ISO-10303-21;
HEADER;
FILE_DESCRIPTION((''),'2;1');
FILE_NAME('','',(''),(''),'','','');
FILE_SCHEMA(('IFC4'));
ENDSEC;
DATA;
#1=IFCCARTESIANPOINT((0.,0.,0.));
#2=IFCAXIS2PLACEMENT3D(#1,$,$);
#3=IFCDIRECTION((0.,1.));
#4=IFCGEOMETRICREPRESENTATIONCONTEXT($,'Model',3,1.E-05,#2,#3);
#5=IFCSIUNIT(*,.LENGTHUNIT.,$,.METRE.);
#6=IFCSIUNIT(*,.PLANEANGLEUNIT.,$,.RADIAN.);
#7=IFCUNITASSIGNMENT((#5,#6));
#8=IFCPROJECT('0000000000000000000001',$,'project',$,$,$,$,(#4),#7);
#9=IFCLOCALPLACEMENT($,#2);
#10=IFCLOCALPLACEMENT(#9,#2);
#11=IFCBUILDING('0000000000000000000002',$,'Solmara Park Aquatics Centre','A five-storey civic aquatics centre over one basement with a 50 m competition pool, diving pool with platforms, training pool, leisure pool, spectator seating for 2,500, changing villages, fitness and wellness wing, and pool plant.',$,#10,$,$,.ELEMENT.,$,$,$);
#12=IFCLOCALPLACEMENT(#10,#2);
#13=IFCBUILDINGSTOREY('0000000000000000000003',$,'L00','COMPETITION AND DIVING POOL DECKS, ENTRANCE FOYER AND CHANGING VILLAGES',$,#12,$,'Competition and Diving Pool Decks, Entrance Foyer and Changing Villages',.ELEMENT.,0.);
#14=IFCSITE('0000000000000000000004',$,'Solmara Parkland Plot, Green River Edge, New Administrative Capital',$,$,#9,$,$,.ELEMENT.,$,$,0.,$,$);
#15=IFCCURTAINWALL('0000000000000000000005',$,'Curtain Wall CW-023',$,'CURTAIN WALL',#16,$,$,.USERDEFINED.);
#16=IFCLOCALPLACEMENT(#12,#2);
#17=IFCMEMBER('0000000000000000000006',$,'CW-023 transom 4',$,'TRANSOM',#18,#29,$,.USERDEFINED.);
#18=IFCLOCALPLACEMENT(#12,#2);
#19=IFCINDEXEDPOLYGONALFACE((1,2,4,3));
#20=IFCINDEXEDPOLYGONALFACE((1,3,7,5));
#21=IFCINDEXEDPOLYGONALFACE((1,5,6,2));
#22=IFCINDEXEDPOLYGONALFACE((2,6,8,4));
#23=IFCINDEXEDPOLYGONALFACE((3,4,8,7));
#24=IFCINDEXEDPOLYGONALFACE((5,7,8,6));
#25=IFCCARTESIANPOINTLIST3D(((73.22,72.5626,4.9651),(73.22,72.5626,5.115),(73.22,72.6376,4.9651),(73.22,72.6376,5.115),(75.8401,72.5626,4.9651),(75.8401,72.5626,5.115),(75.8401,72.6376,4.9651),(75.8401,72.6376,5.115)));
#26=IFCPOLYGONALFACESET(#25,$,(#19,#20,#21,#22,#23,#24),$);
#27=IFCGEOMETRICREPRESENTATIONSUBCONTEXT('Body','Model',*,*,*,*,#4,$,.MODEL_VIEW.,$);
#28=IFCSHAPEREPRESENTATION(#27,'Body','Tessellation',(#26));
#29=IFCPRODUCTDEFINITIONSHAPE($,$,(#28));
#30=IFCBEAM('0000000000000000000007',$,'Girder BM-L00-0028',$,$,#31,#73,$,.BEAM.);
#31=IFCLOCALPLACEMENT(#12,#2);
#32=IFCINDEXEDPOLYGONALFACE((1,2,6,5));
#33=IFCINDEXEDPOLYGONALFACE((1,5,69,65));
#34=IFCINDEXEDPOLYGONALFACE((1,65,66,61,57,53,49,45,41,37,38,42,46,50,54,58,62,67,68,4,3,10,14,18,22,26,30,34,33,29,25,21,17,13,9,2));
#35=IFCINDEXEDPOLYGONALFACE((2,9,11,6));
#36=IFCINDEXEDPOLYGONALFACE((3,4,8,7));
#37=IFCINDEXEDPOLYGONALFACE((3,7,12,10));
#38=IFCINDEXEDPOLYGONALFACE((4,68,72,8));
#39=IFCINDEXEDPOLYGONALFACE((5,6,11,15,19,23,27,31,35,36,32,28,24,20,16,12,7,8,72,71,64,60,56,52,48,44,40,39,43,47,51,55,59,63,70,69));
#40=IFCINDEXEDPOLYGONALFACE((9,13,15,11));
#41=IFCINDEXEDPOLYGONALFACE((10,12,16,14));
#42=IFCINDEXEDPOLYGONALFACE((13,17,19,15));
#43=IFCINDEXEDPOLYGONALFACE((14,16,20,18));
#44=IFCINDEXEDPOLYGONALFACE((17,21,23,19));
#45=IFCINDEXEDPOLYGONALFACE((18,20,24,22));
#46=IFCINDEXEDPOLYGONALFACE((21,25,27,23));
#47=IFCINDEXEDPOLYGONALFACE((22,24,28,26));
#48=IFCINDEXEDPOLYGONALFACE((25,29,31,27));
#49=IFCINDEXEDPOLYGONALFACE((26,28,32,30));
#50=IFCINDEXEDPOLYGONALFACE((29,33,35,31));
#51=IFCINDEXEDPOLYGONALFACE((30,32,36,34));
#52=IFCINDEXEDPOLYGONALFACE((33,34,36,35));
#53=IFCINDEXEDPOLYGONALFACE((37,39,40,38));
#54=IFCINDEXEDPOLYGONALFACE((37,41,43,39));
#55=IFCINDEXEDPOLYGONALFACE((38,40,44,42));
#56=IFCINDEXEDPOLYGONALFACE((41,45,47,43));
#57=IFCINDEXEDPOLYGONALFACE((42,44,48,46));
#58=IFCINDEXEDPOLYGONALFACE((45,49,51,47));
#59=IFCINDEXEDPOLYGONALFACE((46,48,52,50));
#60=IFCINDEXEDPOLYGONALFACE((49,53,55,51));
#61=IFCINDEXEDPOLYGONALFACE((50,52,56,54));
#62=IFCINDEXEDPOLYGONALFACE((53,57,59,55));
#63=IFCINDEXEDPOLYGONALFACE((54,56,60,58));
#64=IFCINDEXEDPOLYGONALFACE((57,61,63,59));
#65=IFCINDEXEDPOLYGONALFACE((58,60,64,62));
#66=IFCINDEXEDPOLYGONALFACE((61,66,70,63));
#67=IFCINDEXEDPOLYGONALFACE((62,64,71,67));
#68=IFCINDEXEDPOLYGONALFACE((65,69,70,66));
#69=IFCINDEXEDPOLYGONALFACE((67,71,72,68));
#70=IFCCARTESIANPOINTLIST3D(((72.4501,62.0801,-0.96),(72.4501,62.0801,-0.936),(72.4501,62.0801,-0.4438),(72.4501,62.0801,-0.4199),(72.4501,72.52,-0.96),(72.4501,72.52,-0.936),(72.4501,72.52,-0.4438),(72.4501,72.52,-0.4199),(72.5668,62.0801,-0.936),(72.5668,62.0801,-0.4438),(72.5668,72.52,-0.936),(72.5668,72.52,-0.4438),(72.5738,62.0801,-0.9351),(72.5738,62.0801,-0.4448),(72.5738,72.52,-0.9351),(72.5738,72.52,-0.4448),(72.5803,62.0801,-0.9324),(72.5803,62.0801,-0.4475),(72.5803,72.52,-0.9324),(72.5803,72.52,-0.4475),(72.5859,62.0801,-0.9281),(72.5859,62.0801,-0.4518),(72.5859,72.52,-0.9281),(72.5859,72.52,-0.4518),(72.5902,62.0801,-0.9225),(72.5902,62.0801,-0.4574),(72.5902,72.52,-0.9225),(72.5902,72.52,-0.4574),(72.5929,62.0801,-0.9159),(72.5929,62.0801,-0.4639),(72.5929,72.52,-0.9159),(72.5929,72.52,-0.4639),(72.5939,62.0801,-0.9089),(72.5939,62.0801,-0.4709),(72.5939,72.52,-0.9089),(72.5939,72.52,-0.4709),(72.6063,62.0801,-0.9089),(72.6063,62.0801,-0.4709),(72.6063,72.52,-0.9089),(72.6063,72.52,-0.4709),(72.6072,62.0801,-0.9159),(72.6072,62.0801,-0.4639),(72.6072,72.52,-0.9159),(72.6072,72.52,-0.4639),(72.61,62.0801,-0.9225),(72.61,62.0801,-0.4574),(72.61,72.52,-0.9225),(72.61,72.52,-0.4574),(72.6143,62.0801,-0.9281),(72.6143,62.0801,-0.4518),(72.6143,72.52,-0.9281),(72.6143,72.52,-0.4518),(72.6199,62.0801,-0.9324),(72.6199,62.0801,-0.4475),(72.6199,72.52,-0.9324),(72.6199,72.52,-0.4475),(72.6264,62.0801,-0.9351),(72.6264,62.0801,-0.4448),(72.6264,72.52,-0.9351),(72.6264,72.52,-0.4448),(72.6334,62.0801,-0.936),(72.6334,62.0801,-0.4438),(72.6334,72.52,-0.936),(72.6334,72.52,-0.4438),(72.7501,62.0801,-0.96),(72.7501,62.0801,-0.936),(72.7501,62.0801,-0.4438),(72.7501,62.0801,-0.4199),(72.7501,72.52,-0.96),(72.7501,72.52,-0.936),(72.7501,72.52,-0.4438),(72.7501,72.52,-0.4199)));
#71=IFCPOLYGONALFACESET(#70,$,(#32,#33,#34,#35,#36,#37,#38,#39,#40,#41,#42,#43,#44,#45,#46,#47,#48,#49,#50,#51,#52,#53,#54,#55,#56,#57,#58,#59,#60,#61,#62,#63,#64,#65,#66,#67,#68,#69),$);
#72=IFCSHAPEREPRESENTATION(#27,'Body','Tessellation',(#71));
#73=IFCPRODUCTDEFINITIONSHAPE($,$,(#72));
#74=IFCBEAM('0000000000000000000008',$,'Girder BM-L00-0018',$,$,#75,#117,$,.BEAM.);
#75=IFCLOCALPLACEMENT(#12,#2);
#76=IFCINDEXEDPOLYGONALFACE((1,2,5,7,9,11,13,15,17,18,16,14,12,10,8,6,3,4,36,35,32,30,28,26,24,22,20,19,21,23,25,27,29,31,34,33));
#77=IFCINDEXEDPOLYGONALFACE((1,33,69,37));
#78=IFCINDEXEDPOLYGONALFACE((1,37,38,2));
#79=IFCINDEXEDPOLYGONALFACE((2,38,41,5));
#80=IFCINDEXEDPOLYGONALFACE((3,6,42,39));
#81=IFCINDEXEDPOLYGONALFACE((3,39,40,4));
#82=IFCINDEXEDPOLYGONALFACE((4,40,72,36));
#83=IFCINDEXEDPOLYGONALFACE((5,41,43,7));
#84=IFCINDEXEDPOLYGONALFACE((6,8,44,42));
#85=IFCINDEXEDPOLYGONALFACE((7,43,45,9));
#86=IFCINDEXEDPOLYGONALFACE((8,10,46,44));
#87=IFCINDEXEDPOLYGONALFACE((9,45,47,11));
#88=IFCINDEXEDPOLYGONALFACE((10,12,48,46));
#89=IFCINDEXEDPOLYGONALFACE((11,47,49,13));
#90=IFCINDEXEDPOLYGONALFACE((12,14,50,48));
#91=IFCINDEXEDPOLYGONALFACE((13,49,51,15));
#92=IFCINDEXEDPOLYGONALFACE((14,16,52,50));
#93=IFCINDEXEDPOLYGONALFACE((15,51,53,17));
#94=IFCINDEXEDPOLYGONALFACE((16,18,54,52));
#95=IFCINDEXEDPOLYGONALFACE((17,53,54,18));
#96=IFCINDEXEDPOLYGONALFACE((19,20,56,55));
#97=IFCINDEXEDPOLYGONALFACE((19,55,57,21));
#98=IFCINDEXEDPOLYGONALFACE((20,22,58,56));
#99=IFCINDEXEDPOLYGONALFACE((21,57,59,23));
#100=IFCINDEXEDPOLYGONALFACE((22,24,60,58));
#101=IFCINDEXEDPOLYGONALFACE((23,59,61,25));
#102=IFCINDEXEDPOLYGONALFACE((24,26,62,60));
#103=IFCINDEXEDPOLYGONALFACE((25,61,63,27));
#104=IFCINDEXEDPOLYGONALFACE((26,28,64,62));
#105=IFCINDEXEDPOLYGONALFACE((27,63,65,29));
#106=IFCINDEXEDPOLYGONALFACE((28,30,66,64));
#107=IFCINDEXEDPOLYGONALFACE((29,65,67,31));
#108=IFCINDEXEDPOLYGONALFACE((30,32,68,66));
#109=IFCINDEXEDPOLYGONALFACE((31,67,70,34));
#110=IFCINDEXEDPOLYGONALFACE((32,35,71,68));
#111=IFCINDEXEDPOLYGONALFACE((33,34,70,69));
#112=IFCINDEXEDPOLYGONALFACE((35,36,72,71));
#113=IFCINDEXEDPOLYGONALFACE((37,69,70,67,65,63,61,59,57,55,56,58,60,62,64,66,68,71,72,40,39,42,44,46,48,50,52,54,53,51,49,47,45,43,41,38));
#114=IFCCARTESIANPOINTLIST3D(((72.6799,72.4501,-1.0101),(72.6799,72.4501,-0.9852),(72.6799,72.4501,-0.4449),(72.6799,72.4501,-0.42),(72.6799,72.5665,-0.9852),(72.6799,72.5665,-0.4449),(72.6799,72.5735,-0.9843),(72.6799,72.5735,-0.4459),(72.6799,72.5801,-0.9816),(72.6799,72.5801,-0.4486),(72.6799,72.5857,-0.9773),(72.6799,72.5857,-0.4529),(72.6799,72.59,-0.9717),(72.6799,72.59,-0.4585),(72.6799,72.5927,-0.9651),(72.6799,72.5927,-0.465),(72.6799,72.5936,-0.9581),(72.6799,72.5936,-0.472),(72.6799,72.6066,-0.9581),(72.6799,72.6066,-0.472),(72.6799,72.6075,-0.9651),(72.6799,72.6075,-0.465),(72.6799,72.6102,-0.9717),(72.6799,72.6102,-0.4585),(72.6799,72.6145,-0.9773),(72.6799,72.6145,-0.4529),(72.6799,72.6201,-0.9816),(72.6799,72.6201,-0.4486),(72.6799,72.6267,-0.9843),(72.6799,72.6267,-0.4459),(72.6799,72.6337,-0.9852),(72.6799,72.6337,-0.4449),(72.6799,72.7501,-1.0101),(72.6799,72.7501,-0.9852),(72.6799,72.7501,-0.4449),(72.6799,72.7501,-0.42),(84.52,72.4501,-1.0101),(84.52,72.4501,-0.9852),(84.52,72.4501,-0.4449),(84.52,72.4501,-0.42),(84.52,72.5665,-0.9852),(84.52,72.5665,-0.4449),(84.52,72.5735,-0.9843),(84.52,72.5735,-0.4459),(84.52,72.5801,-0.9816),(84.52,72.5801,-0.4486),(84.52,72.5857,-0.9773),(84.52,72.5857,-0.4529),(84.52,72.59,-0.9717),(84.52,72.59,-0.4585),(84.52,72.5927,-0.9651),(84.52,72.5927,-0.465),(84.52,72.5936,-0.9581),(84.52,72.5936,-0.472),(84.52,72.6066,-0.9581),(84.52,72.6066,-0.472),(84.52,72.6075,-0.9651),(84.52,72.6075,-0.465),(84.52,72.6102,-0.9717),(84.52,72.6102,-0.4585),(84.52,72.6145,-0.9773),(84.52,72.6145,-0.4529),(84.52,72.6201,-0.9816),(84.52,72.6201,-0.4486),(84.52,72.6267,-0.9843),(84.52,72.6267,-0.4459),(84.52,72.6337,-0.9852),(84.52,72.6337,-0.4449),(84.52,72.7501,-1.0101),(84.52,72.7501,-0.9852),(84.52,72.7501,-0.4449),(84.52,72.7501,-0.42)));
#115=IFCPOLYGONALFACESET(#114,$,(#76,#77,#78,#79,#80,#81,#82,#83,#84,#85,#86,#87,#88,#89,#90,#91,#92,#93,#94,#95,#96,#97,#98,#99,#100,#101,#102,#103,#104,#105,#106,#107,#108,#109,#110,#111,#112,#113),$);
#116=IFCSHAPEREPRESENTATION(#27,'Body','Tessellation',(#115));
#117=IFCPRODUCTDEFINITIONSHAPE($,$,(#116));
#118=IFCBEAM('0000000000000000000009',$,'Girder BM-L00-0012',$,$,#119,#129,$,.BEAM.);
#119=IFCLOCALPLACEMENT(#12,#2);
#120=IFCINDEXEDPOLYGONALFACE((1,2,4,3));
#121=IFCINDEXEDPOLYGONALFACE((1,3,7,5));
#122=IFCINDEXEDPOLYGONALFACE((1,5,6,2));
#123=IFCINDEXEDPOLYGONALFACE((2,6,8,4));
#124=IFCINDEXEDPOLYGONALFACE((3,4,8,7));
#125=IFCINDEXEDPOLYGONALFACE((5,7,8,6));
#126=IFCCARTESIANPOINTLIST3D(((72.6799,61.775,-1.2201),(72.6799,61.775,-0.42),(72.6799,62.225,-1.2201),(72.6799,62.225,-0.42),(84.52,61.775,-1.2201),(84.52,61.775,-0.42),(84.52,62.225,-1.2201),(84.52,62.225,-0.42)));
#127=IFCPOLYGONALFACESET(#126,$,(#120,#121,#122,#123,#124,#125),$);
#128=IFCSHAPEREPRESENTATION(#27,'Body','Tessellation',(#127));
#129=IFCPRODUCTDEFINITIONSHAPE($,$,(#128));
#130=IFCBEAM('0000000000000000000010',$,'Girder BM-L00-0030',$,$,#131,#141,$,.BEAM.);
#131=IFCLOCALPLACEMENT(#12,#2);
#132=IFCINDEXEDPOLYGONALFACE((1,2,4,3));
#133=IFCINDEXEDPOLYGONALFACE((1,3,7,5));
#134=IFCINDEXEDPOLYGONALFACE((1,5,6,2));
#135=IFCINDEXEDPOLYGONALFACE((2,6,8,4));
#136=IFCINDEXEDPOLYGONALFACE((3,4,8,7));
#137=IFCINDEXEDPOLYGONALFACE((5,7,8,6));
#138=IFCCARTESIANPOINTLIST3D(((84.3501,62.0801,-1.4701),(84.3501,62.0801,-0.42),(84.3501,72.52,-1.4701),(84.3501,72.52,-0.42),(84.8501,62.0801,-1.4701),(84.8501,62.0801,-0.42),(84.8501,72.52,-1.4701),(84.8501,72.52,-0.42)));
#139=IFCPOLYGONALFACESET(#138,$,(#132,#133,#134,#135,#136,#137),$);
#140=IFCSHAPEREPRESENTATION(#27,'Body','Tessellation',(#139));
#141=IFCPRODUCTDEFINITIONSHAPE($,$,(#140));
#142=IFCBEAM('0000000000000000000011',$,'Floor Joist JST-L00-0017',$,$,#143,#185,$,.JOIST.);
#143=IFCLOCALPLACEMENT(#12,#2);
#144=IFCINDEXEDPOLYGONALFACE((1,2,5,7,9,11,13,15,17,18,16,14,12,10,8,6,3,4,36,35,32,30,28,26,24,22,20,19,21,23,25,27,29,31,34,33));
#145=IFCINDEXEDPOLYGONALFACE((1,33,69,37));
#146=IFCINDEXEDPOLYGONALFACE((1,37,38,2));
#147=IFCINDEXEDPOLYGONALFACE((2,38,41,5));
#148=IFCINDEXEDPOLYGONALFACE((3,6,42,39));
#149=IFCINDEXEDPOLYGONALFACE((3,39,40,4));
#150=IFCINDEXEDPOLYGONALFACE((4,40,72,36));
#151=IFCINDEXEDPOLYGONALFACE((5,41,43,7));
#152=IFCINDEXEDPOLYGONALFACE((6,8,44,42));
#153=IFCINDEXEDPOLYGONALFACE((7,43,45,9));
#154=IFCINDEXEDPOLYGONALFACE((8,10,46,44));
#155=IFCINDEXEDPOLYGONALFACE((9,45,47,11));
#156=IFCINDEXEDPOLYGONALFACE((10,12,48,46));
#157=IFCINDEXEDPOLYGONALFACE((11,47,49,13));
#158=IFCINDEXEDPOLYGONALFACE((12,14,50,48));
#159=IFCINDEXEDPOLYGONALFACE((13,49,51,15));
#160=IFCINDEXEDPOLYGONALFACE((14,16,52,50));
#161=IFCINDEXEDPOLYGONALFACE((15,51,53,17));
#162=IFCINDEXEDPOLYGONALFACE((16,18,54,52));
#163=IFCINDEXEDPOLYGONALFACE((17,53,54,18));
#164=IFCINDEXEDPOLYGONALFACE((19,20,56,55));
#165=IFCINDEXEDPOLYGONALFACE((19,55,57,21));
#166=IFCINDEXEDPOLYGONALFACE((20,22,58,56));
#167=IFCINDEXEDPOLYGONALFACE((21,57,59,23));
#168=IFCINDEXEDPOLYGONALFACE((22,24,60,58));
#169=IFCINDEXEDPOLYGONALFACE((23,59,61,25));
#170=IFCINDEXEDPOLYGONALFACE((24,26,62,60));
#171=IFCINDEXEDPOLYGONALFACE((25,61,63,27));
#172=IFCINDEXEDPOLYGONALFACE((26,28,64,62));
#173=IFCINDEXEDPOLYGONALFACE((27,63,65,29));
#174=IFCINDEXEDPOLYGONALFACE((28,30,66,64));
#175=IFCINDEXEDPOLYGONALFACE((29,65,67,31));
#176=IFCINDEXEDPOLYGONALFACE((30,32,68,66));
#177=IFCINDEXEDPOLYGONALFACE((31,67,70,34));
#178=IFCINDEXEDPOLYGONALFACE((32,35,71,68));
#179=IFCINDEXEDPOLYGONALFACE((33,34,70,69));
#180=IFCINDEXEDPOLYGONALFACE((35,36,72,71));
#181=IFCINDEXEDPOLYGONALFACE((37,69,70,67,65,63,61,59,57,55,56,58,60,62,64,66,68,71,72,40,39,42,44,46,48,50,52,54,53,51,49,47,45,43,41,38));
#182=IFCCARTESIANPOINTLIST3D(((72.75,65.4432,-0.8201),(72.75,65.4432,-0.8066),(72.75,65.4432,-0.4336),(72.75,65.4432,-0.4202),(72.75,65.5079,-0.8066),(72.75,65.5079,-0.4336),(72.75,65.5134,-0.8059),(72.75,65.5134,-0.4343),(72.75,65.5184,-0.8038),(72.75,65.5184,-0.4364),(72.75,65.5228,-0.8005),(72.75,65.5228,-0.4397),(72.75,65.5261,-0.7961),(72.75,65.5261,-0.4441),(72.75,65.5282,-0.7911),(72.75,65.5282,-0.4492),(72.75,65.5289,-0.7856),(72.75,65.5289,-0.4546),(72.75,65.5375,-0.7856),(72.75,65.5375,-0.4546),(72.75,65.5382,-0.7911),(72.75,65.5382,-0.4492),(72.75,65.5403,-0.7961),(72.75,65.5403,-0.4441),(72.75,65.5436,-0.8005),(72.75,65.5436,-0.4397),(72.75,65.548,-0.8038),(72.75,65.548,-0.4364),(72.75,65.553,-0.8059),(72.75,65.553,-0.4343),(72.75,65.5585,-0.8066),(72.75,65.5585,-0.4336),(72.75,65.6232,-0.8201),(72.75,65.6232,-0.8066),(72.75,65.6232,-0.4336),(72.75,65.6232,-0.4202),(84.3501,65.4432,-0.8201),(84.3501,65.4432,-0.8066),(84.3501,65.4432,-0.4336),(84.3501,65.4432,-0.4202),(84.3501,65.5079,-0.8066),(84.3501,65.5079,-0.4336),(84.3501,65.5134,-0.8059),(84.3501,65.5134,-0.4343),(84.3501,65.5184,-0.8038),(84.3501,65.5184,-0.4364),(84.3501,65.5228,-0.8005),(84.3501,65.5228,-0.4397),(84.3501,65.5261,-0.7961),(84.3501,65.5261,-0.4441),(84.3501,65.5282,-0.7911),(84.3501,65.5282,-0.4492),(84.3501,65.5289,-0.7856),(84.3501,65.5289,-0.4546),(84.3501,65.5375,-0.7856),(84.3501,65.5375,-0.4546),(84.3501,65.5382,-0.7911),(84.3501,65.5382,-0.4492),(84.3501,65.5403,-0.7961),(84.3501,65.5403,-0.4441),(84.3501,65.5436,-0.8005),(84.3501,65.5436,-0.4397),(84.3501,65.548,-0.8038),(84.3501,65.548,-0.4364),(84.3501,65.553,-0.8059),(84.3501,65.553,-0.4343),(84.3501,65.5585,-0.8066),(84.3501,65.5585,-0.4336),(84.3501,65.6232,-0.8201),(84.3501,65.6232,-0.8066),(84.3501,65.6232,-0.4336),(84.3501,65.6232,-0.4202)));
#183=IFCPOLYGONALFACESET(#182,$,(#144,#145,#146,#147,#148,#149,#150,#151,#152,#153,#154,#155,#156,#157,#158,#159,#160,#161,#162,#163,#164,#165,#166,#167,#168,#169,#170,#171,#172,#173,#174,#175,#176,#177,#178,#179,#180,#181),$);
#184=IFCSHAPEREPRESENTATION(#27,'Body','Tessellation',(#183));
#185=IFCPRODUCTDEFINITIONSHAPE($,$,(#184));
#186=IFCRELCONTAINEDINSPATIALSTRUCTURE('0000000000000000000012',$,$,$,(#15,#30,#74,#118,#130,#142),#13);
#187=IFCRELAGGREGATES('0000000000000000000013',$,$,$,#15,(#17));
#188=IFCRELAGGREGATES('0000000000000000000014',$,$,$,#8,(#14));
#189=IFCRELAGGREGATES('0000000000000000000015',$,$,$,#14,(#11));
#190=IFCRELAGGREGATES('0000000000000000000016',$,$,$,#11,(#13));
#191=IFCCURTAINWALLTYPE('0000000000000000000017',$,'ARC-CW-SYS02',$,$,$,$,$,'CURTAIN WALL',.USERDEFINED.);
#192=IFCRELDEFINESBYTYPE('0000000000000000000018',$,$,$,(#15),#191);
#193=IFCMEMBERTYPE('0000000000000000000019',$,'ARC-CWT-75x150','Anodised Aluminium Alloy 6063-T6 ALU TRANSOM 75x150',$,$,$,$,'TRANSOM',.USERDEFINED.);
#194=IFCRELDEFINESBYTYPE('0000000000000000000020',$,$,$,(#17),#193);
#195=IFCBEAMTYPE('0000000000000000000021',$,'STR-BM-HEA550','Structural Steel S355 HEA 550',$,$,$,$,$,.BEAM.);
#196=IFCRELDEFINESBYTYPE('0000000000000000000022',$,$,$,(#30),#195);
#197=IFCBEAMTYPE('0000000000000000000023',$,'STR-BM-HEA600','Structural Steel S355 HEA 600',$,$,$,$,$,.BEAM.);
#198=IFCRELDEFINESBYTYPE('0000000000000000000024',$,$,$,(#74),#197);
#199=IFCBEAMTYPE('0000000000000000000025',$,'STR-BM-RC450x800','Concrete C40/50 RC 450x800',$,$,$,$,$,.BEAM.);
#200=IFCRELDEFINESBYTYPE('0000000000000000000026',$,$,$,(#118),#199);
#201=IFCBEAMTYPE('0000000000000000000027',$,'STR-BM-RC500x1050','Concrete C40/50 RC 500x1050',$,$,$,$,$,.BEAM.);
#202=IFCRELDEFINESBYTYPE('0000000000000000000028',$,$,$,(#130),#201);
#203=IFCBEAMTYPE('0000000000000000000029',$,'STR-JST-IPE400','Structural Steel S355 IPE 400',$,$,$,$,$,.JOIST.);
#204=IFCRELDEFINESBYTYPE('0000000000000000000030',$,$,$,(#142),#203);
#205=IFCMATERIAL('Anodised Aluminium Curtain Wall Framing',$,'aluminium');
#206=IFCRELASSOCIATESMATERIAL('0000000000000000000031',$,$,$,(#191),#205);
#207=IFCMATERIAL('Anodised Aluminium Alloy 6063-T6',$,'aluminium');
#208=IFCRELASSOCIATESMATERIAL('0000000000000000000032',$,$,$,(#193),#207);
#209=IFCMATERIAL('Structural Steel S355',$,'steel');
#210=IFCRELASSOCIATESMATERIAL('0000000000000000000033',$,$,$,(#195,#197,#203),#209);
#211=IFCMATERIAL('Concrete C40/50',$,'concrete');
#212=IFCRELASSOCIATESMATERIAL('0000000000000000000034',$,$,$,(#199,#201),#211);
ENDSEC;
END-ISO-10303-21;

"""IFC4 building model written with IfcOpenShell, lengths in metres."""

from ifc_helpers import new_model, si_unit, direction, frame, origin, origin_2d, place, context, subcontext, project, spatial, rectangle, i_section, extrude, material, material_profile, profile_set, type_object, element, aggregate, save


model = new_model("IFC4")

# Units and contexts
model_context = context("Model", 3, precision=1e-05, world=origin(), true_north=direction((0.0, 1.0)))
body_context = subcontext(model_context, "Body", "Model", "MODEL_VIEW")
ifc_project = project(units=[si_unit("LENGTHUNIT", "METRE"), si_unit("PLANEANGLEUNIT", "RADIAN")], contexts=[model_context])

# Site, building, storey
site_placement = place(None, origin())
site = spatial("IfcSite", under=ifc_project, at=site_placement, Name="Solmara Parkland Plot, Green River Edge, New Administrative Capital", CompositionType="ELEMENT", RefElevation=0.0)
building_placement = place(site_placement, origin())
building = spatial("IfcBuilding", under=site, at=building_placement, Name="Solmara Park Aquatics Centre", Description="A five-storey civic aquatics centre over one basement with a 50 m competition pool, diving pool with platforms, training pool, leisure pool, spectator seating for 2,500, changing villages, fitness and wellness wing, and pool plant.", CompositionType="ELEMENT")
storey_placement = place(building_placement, origin())
storey = spatial("IfcBuildingStorey", under=building, at=storey_placement, Name="L00", Description="COMPETITION AND DIVING POOL DECKS, ENTRANCE FOYER AND CHANGING VILLAGES", LongName="Competition and Diving Pool Decks, Entrance Foyer and Changing Villages", CompositionType="ELEMENT", Elevation=0.0)

# Shared definitions
ifc_material_1 = material(Name="Structural Steel S355", Category="steel")

# Shared definitions
ifc_material_2 = material(Name="Anodised Aluminium Curtain Wall Framing", Category="aluminium")
curtain_wall_type = type_object("IfcCurtainWallType", Name="ARC-CW-SYS02", ElementType="CURTAIN WALL", PredefinedType="USERDEFINED", material=ifc_material_2)
ifc_material_3 = material(Name="Anodised Aluminium Alloy 6063-T6", Category="aluminium")

# Curtain wall
curtain_wall_1_placement = place(storey_placement, origin())
curtain_wall_1 = element("IfcCurtainWall", 1, at=curtain_wall_1_placement, inside=storey, type_object=curtain_wall_type, Name="Curtain Wall CW-023", ObjectType="CURTAIN WALL", PredefinedType="USERDEFINED")

# Member
ifc_material_profile_1 = material_profile(ifc_material_3, rectangle(XDim=0.075, YDim=0.1499, at=origin_2d()), Name="ALU TRANSOM 75x150")
ifc_profile_set_1 = profile_set([ifc_material_profile_1], Name="Anodised Aluminium Alloy 6063-T6")
member_type_1 = type_object("IfcMemberType", Name="ARC-CWT-75x150", Description="Anodised Aluminium Alloy 6063-T6 ALU TRANSOM 75x150", ElementType="TRANSOM", PredefinedType="USERDEFINED", material=ifc_profile_set_1)
member_1_placement = place(storey_placement, frame((73.22, 72.6001, 5.04), z_axis=(1.0, 0.0, 0.0), x_axis=(0.0, 1.0, 0.0)))
member_1 = element("IfcMember", 2, at=member_1_placement, type_object=member_type_1, Name="CW-023 transom 4", ObjectType="TRANSOM", PredefinedType="USERDEFINED", context=body_context, shape_type="SweptSolid", body=[
    extrude(rectangle(XDim=0.075, YDim=0.1499, at=origin_2d()), origin(), (0.0, 0.0, 1.0), 2.6201),
])

# Beams
ifc_material_profile_2 = material_profile(ifc_material_1, i_section(OverallWidth=0.3, OverallDepth=0.54, WebThickness=0.0125, FlangeThickness=0.0239, FilletRadius=0.0271, at=origin_2d()), Name="HEA 550")
ifc_profile_set_2 = profile_set([ifc_material_profile_2], Name="Structural Steel S355")
beam_type_1 = type_object("IfcBeamType", Name="STR-BM-HEA550", Description="Structural Steel S355 HEA 550", PredefinedType="BEAM", material=ifc_profile_set_2)
beam_1_placement = place(storey_placement, frame((72.6001, 62.0801, -0.6899), z_axis=(0.0, 1.0, 0.0), x_axis=(-1.0, 0.0, 0.0)))
element("IfcBeam", 3, at=beam_1_placement, inside=storey, type_object=beam_type_1, Name="Girder BM-L00-0028", PredefinedType="BEAM", context=body_context, shape_type="SweptSolid", body=[
    extrude(i_section(OverallWidth=0.3, OverallDepth=0.54, WebThickness=0.0125, FlangeThickness=0.0239, FilletRadius=0.0271, at=origin_2d()), origin(), (0.0, 0.0, 1.0), 10.4399),
])
ifc_material_profile_3 = material_profile(ifc_material_1, i_section(OverallWidth=0.3, OverallDepth=0.5901, WebThickness=0.0129, FlangeThickness=0.0249, FilletRadius=0.0271, at=origin_2d()), Name="HEA 600")
ifc_profile_set_3 = profile_set([ifc_material_profile_3], Name="Structural Steel S355")
beam_type_2 = type_object("IfcBeamType", Name="STR-BM-HEA600", Description="Structural Steel S355 HEA 600", PredefinedType="BEAM", material=ifc_profile_set_3)
beam_2_placement = place(storey_placement, frame((72.6799, 72.6001, -0.7151), z_axis=(1.0, 0.0, 0.0), x_axis=(0.0, 1.0, 0.0)))
element("IfcBeam", 4, at=beam_2_placement, inside=storey, type_object=beam_type_2, Name="Girder BM-L00-0018", PredefinedType="BEAM", context=body_context, shape_type="SweptSolid", body=[
    extrude(i_section(OverallWidth=0.3, OverallDepth=0.5901, WebThickness=0.0129, FlangeThickness=0.0249, FilletRadius=0.0271, at=origin_2d()), origin(), (0.0, 0.0, 1.0), 11.8401),
])
ifc_material_4 = material(Name="Concrete C40/50", Category="concrete")
ifc_material_profile_4 = material_profile(ifc_material_4, rectangle(XDim=0.45, YDim=0.8, at=origin_2d()), Name="RC 450x800")
ifc_profile_set_4 = profile_set([ifc_material_profile_4], Name="Concrete C40/50")
beam_type_3 = type_object("IfcBeamType", Name="STR-BM-RC450x800", Description="Concrete C40/50 RC 450x800", PredefinedType="BEAM", material=ifc_profile_set_4)
beam_3_placement = place(storey_placement, frame((72.6799, 62.0, -0.8201), z_axis=(1.0, 0.0, 0.0), x_axis=(0.0, 1.0, 0.0)))
element("IfcBeam", 5, at=beam_3_placement, inside=storey, type_object=beam_type_3, Name="Girder BM-L00-0012", PredefinedType="BEAM", context=body_context, shape_type="SweptSolid", body=[
    extrude(rectangle(XDim=0.45, YDim=0.8, at=origin_2d()), origin(), (0.0, 0.0, 1.0), 11.8401),
])
ifc_material_profile_5 = material_profile(ifc_material_4, rectangle(XDim=0.5, YDim=1.05, at=origin_2d()), Name="RC 500x1050")
ifc_profile_set_5 = profile_set([ifc_material_profile_5], Name="Concrete C40/50")
beam_type_4 = type_object("IfcBeamType", Name="STR-BM-RC500x1050", Description="Concrete C40/50 RC 500x1050", PredefinedType="BEAM", material=ifc_profile_set_5)
beam_4_placement = place(storey_placement, frame((84.6001, 62.0801, -0.9451), z_axis=(0.0, 1.0, 0.0), x_axis=(-1.0, 0.0, 0.0)))
element("IfcBeam", 6, at=beam_4_placement, inside=storey, type_object=beam_type_4, Name="Girder BM-L00-0030", PredefinedType="BEAM", context=body_context, shape_type="SweptSolid", body=[
    extrude(rectangle(XDim=0.5, YDim=1.05, at=origin_2d()), origin(), (0.0, 0.0, 1.0), 10.4399),
])
ifc_material_profile_6 = material_profile(ifc_material_1, i_section(OverallWidth=0.1799, OverallDepth=0.3999, WebThickness=0.0085, FlangeThickness=0.0134, FilletRadius=0.021, at=origin_2d()), Name="IPE 400")
ifc_profile_set_6 = profile_set([ifc_material_profile_6], Name="Structural Steel S355")
beam_type_5 = type_object("IfcBeamType", Name="STR-JST-IPE400", Description="Structural Steel S355 IPE 400", PredefinedType="JOIST", material=ifc_profile_set_6)
for number, where, z_axis, x_axis, name in (
    (7, (72.75, 65.5332, -0.6201), (1.0, 0.0, 0.0), (0.0, 1.0, 0.0), "Floor Joist JST-L00-0017"),
):
    element("IfcBeam", number, at=place(storey_placement, frame(where, z_axis=z_axis, x_axis=x_axis)), inside=storey, type_object=beam_type_5, Name=name, PredefinedType="JOIST", context=body_context, shape_type="SweptSolid", body=[
        extrude(i_section(OverallWidth=0.1799, OverallDepth=0.3999, WebThickness=0.0085, FlangeThickness=0.0134, FilletRadius=0.021, at=origin_2d()), origin(), (0.0, 0.0, 1.0), 11.6001),
    ])

aggregate(curtain_wall_1, [member_1])

save(model, "model.ifc")
